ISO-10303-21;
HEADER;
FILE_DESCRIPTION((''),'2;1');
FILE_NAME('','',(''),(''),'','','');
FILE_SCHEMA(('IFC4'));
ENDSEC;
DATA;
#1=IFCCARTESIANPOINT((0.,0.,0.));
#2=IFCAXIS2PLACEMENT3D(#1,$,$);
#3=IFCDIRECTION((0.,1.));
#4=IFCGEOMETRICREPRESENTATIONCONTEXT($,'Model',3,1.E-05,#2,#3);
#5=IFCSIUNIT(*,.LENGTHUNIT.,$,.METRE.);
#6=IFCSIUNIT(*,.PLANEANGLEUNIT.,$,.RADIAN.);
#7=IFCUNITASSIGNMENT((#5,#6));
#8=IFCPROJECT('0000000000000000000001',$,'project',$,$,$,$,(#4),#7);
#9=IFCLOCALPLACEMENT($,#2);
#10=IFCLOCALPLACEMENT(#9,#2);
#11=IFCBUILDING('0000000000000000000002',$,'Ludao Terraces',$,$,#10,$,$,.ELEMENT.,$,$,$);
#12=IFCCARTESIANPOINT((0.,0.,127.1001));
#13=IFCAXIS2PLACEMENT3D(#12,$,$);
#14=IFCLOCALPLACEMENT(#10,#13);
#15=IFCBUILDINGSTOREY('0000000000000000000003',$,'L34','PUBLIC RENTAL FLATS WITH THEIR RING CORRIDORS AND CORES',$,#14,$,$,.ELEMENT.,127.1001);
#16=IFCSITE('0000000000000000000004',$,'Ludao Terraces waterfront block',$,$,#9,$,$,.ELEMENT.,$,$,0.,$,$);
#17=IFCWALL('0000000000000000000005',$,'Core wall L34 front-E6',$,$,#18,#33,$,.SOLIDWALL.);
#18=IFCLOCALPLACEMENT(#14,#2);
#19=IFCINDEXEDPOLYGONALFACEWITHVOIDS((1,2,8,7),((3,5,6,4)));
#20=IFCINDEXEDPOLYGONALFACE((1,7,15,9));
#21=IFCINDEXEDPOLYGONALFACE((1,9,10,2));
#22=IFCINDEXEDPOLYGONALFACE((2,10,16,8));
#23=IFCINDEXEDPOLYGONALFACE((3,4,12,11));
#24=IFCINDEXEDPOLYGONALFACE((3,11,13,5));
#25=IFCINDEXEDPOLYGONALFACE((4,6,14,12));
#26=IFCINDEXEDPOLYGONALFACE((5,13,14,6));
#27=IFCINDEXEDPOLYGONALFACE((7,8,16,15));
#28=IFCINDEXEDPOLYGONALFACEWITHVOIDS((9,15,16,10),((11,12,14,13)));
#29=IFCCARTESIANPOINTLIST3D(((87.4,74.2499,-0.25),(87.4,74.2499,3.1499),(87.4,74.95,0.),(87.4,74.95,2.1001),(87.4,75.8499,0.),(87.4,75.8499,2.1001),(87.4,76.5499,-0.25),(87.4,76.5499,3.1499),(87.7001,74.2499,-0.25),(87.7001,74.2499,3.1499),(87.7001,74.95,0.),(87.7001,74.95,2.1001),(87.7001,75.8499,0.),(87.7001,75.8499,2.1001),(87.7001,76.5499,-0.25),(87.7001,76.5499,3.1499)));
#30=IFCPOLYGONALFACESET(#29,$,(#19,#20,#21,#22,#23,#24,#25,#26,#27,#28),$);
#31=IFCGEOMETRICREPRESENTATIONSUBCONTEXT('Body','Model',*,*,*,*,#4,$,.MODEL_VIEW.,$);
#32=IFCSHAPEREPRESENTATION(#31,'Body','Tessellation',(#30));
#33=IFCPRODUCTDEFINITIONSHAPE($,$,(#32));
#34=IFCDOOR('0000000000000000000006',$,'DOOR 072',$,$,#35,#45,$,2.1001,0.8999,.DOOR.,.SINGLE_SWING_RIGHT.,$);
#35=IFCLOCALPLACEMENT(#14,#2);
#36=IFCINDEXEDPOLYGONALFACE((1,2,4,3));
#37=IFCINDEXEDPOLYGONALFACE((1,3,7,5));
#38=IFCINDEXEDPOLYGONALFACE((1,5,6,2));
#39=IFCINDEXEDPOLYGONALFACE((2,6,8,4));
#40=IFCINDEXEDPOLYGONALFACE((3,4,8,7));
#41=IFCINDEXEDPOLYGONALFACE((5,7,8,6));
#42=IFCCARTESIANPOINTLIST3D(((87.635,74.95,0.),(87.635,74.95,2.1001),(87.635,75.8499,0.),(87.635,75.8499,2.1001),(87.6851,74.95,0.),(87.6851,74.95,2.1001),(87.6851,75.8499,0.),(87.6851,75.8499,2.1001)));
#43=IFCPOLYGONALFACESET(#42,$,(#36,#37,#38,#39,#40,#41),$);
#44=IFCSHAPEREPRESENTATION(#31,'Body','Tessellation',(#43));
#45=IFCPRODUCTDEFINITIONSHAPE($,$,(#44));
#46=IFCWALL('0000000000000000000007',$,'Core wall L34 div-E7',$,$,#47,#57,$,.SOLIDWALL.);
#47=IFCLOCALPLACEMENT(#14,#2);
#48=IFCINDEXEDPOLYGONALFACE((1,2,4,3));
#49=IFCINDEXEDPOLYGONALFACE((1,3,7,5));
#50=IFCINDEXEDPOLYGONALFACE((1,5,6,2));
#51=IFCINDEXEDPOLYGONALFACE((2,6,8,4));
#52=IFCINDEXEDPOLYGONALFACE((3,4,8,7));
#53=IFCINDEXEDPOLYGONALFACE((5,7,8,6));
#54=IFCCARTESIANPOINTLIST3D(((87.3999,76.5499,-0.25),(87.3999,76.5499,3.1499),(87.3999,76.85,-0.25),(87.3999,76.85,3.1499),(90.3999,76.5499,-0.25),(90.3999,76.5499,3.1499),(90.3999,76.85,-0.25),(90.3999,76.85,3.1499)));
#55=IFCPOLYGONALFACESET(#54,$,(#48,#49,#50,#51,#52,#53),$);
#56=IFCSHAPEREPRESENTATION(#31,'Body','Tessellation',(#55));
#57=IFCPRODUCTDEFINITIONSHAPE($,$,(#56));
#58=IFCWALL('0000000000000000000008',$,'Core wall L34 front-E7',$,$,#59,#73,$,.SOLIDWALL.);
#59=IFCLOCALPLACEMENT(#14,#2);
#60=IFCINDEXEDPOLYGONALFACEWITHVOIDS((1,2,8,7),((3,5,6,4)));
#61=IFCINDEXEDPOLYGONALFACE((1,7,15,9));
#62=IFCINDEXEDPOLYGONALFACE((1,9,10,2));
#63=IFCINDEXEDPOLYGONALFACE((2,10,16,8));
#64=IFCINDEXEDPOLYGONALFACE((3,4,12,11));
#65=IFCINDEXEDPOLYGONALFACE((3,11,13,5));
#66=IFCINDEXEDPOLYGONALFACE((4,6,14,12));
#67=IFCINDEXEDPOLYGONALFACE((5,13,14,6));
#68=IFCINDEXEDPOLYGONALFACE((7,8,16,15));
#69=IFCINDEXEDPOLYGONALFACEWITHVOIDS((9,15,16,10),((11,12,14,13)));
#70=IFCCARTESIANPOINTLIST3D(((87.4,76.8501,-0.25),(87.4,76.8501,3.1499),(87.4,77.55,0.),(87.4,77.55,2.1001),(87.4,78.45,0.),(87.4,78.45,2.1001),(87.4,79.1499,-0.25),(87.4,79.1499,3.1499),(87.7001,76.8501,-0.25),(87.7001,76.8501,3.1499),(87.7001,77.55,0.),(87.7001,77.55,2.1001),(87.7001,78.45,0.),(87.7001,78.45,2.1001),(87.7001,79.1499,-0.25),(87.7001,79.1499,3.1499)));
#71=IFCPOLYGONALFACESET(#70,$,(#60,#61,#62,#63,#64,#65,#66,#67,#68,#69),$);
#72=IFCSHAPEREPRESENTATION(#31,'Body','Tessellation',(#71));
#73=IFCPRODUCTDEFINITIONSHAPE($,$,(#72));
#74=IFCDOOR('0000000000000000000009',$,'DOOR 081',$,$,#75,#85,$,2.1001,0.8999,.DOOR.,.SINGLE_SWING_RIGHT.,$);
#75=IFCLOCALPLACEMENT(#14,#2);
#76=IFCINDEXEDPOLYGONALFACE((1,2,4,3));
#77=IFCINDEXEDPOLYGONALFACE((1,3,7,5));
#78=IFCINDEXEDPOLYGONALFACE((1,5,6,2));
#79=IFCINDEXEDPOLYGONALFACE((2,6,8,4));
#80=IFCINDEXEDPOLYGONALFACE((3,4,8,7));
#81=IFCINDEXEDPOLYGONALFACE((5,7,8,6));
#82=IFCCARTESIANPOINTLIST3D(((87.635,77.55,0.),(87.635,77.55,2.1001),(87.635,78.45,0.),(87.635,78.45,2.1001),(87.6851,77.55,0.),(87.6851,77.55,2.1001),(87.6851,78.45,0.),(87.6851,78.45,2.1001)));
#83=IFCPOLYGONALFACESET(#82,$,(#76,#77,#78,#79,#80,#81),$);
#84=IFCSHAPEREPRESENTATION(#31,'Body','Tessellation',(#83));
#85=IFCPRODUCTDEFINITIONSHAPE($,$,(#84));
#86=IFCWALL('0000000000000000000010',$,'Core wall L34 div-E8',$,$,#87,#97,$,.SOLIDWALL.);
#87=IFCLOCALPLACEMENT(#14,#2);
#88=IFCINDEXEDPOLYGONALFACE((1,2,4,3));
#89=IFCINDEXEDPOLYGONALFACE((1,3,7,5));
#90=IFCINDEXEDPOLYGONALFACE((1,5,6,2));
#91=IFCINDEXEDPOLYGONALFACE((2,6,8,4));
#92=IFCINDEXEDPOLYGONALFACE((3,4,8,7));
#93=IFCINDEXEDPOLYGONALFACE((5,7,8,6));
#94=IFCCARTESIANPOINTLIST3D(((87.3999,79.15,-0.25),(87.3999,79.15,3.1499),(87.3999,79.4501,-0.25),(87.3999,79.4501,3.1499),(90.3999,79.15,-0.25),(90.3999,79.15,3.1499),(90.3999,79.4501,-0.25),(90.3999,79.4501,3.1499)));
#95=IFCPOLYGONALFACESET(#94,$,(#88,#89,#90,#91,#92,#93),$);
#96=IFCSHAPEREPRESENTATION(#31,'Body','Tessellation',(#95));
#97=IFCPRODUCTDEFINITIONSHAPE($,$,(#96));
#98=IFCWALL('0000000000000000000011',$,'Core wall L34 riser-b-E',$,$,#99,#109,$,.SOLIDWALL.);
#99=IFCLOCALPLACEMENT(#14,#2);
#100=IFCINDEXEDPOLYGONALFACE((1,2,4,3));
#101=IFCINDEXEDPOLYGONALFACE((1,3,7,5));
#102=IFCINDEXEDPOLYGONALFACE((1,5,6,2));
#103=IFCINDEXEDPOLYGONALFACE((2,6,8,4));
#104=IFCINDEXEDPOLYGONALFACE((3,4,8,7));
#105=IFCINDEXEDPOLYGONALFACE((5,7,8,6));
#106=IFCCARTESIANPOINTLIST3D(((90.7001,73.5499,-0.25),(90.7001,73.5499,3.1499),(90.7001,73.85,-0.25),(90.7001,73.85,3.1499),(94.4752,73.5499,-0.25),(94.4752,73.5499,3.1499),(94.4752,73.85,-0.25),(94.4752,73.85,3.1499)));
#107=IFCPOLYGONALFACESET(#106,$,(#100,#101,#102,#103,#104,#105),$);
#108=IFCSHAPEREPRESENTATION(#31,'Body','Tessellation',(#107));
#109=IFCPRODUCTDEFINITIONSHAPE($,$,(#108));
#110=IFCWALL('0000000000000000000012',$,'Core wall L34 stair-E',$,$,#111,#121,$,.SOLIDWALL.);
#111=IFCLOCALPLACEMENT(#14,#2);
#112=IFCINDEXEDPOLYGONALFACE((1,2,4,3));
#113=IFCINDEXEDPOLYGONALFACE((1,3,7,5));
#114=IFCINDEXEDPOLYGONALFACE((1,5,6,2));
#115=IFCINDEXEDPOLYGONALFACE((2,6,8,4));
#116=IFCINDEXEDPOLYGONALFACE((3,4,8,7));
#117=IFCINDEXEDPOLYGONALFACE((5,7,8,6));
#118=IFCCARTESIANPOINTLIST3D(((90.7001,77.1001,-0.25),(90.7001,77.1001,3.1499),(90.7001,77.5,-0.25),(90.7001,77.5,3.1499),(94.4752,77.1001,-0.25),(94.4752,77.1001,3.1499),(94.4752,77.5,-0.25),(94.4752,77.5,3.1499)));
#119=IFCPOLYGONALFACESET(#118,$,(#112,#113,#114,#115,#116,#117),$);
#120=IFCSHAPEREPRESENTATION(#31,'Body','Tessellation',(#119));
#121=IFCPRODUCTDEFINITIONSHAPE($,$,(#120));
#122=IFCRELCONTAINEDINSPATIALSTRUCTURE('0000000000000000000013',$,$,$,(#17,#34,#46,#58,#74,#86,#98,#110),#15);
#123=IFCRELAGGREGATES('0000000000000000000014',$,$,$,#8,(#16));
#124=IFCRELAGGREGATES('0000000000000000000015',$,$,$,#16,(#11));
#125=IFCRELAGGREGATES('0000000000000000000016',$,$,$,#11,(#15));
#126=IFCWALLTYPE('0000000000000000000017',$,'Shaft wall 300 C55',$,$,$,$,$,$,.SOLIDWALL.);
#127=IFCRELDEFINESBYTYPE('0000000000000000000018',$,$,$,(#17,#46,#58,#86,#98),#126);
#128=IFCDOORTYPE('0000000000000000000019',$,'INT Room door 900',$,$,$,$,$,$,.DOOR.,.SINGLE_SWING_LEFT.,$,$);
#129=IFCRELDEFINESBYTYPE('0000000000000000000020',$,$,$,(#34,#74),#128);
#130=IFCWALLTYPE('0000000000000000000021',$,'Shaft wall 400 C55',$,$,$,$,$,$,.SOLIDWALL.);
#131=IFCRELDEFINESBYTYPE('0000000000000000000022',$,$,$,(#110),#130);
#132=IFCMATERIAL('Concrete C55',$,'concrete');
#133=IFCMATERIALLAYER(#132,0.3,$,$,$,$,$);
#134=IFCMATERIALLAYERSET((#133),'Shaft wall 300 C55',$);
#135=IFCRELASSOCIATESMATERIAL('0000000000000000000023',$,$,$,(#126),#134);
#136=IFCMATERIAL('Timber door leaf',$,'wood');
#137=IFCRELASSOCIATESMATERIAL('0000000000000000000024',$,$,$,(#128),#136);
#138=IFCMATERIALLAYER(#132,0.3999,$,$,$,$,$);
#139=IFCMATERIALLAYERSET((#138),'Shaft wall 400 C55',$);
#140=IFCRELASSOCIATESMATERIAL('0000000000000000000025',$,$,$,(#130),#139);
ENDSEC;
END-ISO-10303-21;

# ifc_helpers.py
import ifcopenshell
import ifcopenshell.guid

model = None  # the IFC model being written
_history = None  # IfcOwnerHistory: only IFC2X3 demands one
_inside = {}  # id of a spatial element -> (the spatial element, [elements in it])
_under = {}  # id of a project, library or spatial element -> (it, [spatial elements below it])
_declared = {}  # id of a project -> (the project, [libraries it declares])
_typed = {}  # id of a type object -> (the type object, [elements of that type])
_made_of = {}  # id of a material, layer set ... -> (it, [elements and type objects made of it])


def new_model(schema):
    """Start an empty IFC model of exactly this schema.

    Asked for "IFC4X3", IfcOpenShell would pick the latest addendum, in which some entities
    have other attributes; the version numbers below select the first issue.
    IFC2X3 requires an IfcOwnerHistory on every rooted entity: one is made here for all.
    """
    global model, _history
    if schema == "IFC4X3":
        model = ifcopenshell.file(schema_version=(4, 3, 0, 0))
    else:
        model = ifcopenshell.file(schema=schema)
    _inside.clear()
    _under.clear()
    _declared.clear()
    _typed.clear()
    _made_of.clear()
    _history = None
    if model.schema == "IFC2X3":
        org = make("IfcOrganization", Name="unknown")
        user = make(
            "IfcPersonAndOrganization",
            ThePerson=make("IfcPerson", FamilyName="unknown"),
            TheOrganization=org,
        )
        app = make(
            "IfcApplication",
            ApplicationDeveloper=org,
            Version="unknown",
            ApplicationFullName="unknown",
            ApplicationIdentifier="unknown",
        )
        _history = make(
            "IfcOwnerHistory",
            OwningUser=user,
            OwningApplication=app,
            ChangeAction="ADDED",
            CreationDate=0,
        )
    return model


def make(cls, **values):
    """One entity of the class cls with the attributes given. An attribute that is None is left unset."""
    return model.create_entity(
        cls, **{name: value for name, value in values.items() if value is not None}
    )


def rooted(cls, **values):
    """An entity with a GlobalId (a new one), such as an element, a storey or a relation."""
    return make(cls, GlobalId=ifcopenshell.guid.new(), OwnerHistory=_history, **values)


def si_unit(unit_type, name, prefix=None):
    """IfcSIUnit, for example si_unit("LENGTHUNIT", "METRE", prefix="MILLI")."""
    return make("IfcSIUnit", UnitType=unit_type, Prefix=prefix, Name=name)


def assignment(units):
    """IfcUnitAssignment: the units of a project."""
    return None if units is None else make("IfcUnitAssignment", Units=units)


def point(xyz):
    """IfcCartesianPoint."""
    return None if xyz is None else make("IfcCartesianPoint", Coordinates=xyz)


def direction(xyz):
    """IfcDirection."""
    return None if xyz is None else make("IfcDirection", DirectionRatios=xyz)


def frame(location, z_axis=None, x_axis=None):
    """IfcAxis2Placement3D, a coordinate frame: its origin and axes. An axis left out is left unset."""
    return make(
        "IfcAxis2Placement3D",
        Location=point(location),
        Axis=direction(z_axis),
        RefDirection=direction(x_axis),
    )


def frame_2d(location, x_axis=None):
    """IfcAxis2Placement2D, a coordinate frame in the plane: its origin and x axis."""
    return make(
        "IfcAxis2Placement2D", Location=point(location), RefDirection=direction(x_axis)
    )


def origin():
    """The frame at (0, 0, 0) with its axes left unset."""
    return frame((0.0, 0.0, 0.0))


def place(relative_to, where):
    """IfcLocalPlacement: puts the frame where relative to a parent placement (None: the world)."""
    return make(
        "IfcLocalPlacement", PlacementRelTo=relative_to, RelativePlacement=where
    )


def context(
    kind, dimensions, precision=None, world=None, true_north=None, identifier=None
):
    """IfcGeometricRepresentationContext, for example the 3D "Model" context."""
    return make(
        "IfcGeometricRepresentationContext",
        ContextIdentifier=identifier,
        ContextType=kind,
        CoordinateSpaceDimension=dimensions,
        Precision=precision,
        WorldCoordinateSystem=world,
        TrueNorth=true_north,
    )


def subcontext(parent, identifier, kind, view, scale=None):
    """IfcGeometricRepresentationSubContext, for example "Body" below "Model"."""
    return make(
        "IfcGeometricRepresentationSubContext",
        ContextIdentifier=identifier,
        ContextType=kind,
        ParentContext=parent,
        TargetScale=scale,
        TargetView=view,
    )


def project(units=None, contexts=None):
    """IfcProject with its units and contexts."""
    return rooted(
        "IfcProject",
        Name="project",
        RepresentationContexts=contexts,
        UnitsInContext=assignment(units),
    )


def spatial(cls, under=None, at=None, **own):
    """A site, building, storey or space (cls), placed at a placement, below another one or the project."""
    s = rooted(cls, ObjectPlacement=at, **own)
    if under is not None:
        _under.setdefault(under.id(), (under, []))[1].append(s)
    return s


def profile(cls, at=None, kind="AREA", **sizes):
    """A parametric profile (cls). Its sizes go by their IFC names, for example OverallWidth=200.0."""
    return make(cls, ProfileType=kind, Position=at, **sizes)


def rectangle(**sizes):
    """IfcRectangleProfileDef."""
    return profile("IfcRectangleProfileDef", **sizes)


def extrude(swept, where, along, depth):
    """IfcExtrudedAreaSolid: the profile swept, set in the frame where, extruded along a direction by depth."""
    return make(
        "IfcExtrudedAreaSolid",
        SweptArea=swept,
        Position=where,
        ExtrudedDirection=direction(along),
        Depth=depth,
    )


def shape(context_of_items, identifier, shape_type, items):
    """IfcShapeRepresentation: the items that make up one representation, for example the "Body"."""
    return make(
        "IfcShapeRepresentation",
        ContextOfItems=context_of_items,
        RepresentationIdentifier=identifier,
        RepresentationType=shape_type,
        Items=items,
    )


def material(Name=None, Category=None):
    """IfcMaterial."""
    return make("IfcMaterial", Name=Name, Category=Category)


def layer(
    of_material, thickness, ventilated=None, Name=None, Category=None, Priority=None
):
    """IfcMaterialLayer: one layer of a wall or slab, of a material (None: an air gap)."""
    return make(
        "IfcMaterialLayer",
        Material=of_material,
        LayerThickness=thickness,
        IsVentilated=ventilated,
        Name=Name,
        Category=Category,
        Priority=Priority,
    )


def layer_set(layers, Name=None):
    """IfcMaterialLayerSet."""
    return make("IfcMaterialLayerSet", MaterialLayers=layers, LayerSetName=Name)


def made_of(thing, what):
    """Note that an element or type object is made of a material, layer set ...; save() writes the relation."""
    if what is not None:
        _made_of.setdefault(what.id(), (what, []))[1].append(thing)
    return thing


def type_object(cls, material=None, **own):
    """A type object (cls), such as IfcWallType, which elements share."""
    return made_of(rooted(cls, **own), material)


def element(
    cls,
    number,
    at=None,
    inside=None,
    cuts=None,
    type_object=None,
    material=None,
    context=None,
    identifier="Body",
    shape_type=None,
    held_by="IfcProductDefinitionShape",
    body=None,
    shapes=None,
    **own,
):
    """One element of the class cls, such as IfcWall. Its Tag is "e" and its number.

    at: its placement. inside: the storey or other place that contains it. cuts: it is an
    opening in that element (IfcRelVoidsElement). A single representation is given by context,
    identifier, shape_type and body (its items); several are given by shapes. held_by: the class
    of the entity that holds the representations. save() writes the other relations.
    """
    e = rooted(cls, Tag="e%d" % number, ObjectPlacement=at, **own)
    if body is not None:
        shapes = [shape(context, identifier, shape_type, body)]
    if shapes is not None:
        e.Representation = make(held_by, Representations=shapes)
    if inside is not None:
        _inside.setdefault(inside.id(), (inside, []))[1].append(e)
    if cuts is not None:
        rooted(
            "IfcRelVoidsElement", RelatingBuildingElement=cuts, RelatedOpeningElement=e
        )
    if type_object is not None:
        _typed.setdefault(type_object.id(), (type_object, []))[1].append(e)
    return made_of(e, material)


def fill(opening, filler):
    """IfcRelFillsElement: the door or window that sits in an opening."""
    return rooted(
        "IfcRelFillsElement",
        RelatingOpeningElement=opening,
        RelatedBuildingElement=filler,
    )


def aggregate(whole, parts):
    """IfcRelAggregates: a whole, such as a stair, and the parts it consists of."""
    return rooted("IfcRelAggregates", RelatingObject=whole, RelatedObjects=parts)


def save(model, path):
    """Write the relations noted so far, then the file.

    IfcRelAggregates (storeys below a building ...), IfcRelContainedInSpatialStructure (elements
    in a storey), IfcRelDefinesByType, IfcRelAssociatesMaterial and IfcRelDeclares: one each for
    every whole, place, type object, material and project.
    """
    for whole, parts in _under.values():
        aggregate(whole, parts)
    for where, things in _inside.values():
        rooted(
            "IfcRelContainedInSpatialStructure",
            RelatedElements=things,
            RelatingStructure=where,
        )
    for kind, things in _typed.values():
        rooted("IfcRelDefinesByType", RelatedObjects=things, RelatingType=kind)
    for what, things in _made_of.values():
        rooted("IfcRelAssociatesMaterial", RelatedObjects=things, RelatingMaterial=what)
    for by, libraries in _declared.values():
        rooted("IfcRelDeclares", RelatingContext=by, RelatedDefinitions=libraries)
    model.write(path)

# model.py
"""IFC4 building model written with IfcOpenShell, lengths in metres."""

from ifc_helpers import new_model, si_unit, direction, frame, frame_2d, origin, place, context, subcontext, project, spatial, rectangle, extrude, material, layer, layer_set, type_object, element, fill, save


model = new_model("IFC4")

# Units and contexts
model_context = context("Model", 3, precision=1e-05, world=origin(), true_north=direction((0.0, 1.0)))
body_context = subcontext(model_context, "Body", "Model", "MODEL_VIEW")
ifc_project = project(units=[si_unit("LENGTHUNIT", "METRE"), si_unit("PLANEANGLEUNIT", "RADIAN")], contexts=[model_context])

# Site, building, storey
site_placement = place(None, origin())
site = spatial("IfcSite", under=ifc_project, at=site_placement, Name="Ludao Terraces waterfront block", CompositionType="ELEMENT", RefElevation=0.0)
building_placement = place(site_placement, origin())
building = spatial("IfcBuilding", under=site, at=building_placement, Name="Ludao Terraces", CompositionType="ELEMENT")
storey_placement = place(building_placement, frame((0.0, 0.0, 127.1001)))
storey = spatial("IfcBuildingStorey", under=building, at=storey_placement, Name="L34", Description="PUBLIC RENTAL FLATS WITH THEIR RING CORRIDORS AND CORES", CompositionType="ELEMENT", Elevation=127.1001)

# Shared definitions
ifc_material_1 = material(Name="Concrete C55", Category="concrete")
ifc_layer_1 = layer(ifc_material_1, 0.3)
ifc_layer_set_1 = layer_set([ifc_layer_1], Name="Shaft wall 300 C55")
wall_type_1 = type_object("IfcWallType", Name="Shaft wall 300 C55", PredefinedType="SOLIDWALL", material=ifc_layer_set_1)

# Shared definitions
ifc_material_2 = material(Name="Timber door leaf", Category="wood")
door_type_1 = type_object("IfcDoorType", Name="INT Room door 900", OperationType="SINGLE_SWING_LEFT", PredefinedType="DOOR", material=ifc_material_2)

# Wall, opening, door
wall_1_placement = place(storey_placement, frame((87.55, 74.25, -0.25), z_axis=(0.0, 0.0, 1.0), x_axis=(0.0, 1.0, 0.0)))
wall_1 = element("IfcWall", 1, at=wall_1_placement, inside=storey, type_object=wall_type_1, Name="Core wall L34 front-E6", PredefinedType="SOLIDWALL", context=body_context, shape_type="SweptSolid", body=[
    extrude(rectangle(XDim=2.3, YDim=0.3, at=frame_2d((1.1499, 0.0))), origin(), (0.0, 0.0, 1.0), 3.3999),
])
opening_1_placement = place(wall_1_placement, frame((0.7, 0.0, 0.25)))
opening_1 = element("IfcOpeningElement", 2, at=opening_1_placement, cuts=wall_1, PredefinedType="OPENING", context=body_context, shape_type="SweptSolid", body=[
    extrude(rectangle(XDim=0.8999, YDim=2.1001, at=frame_2d((0.45, 1.05))), frame((0.0, 0.1602, 0.0), z_axis=(0.0, -1.0, 0.0), x_axis=(1.0, 0.0, 0.0)), (0.0, 0.0, 1.0), 0.3201),
])
door_1_placement = place(opening_1_placement, origin())
door_1 = element("IfcDoor", 3, at=door_1_placement, inside=storey, type_object=door_type_1, Name="DOOR 072", OperationType="SINGLE_SWING_RIGHT", OverallHeight=2.1001, OverallWidth=0.8999, PredefinedType="DOOR", context=body_context, shape_type="SweptSolid", body=[
    extrude(rectangle(XDim=0.8999, YDim=2.1001, at=frame_2d((0.45, 1.05))), frame((0.0, -0.085, 0.0), z_axis=(0.0, -1.0, 0.0), x_axis=(1.0, 0.0, 0.0)), (0.0, 0.0, 1.0), 0.05),
])
fill(opening_1, door_1)

# Wall
wall_2_placement = place(storey_placement, frame((87.3999, 76.7, -0.25), z_axis=(0.0, 0.0, 1.0), x_axis=(1.0, 0.0, 0.0)))
element("IfcWall", 4, at=wall_2_placement, inside=storey, type_object=wall_type_1, Name="Core wall L34 div-E7", PredefinedType="SOLIDWALL", context=body_context, shape_type="SweptSolid", body=[
    extrude(rectangle(XDim=3.0, YDim=0.3, at=frame_2d((1.5, 0.0))), origin(), (0.0, 0.0, 1.0), 3.3999),
])

# Wall, opening, door
wall_3_placement = place(storey_placement, frame((87.55, 76.8501, -0.25), z_axis=(0.0, 0.0, 1.0), x_axis=(0.0, 1.0, 0.0)))
wall_3 = element("IfcWall", 5, at=wall_3_placement, inside=storey, type_object=wall_type_1, Name="Core wall L34 front-E7", PredefinedType="SOLIDWALL", context=body_context, shape_type="SweptSolid", body=[
    extrude(rectangle(XDim=2.2998, YDim=0.3, at=frame_2d((1.1499, 0.0))), origin(), (0.0, 0.0, 1.0), 3.3999),
])
opening_2_placement = place(wall_3_placement, frame((0.7, 0.0, 0.25)))
opening_2 = element("IfcOpeningElement", 6, at=opening_2_placement, cuts=wall_3, PredefinedType="OPENING", context=body_context, shape_type="SweptSolid", body=[
    extrude(rectangle(XDim=0.8999, YDim=2.1001, at=frame_2d((0.45, 1.05))), frame((0.0, 0.1602, 0.0), z_axis=(0.0, -1.0, 0.0), x_axis=(1.0, 0.0, 0.0)), (0.0, 0.0, 1.0), 0.3201),
])
door_2_placement = place(opening_2_placement, origin())
door_2 = element("IfcDoor", 7, at=door_2_placement, inside=storey, type_object=door_type_1, Name="DOOR 081", OperationType="SINGLE_SWING_RIGHT", OverallHeight=2.1001, OverallWidth=0.8999, PredefinedType="DOOR", context=body_context, shape_type="SweptSolid", body=[
    extrude(rectangle(XDim=0.8999, YDim=2.1001, at=frame_2d((0.45, 1.05))), frame((0.0, -0.085, 0.0), z_axis=(0.0, -1.0, 0.0), x_axis=(1.0, 0.0, 0.0)), (0.0, 0.0, 1.0), 0.05),
])
fill(opening_2, door_2)

# Walls
wall_4_placement = place(storey_placement, frame((87.3999, 79.3, -0.25), z_axis=(0.0, 0.0, 1.0), x_axis=(1.0, 0.0, 0.0)))
element("IfcWall", 8, at=wall_4_placement, inside=storey, type_object=wall_type_1, Name="Core wall L34 div-E8", PredefinedType="SOLIDWALL", context=body_context, shape_type="SweptSolid", body=[
    extrude(rectangle(XDim=3.0, YDim=0.3, at=frame_2d((1.5, 0.0))), origin(), (0.0, 0.0, 1.0), 3.3999),
])
wall_5_placement = place(storey_placement, frame((90.7, 73.7, -0.25), z_axis=(0.0, 0.0, 1.0), x_axis=(1.0, 0.0, 0.0)))
element("IfcWall", 9, at=wall_5_placement, inside=storey, type_object=wall_type_1, Name="Core wall L34 riser-b-E", PredefinedType="SOLIDWALL", context=body_context, shape_type="SweptSolid", body=[
    extrude(rectangle(XDim=3.7751, YDim=0.3, at=frame_2d((1.8877, 0.0))), origin(), (0.0, 0.0, 1.0), 3.3999),
])
ifc_layer_2 = layer(ifc_material_1, 0.3999)
ifc_layer_set_2 = layer_set([ifc_layer_2], Name="Shaft wall 400 C55")
wall_type_2 = type_object("IfcWallType", Name="Shaft wall 400 C55", PredefinedType="SOLIDWALL", material=ifc_layer_set_2)
wall_6_placement = place(storey_placement, frame((90.7, 77.3, -0.25), z_axis=(0.0, 0.0, 1.0), x_axis=(1.0, 0.0, 0.0)))
element("IfcWall", 10, at=wall_6_placement, inside=storey, type_object=wall_type_2, Name="Core wall L34 stair-E", PredefinedType="SOLIDWALL", context=body_context, shape_type="SweptSolid", body=[
    extrude(rectangle(XDim=3.7751, YDim=0.3999, at=frame_2d((1.8877, 0.0))), origin(), (0.0, 0.0, 1.0), 3.3999),
])

save(model, "model.ifc")
